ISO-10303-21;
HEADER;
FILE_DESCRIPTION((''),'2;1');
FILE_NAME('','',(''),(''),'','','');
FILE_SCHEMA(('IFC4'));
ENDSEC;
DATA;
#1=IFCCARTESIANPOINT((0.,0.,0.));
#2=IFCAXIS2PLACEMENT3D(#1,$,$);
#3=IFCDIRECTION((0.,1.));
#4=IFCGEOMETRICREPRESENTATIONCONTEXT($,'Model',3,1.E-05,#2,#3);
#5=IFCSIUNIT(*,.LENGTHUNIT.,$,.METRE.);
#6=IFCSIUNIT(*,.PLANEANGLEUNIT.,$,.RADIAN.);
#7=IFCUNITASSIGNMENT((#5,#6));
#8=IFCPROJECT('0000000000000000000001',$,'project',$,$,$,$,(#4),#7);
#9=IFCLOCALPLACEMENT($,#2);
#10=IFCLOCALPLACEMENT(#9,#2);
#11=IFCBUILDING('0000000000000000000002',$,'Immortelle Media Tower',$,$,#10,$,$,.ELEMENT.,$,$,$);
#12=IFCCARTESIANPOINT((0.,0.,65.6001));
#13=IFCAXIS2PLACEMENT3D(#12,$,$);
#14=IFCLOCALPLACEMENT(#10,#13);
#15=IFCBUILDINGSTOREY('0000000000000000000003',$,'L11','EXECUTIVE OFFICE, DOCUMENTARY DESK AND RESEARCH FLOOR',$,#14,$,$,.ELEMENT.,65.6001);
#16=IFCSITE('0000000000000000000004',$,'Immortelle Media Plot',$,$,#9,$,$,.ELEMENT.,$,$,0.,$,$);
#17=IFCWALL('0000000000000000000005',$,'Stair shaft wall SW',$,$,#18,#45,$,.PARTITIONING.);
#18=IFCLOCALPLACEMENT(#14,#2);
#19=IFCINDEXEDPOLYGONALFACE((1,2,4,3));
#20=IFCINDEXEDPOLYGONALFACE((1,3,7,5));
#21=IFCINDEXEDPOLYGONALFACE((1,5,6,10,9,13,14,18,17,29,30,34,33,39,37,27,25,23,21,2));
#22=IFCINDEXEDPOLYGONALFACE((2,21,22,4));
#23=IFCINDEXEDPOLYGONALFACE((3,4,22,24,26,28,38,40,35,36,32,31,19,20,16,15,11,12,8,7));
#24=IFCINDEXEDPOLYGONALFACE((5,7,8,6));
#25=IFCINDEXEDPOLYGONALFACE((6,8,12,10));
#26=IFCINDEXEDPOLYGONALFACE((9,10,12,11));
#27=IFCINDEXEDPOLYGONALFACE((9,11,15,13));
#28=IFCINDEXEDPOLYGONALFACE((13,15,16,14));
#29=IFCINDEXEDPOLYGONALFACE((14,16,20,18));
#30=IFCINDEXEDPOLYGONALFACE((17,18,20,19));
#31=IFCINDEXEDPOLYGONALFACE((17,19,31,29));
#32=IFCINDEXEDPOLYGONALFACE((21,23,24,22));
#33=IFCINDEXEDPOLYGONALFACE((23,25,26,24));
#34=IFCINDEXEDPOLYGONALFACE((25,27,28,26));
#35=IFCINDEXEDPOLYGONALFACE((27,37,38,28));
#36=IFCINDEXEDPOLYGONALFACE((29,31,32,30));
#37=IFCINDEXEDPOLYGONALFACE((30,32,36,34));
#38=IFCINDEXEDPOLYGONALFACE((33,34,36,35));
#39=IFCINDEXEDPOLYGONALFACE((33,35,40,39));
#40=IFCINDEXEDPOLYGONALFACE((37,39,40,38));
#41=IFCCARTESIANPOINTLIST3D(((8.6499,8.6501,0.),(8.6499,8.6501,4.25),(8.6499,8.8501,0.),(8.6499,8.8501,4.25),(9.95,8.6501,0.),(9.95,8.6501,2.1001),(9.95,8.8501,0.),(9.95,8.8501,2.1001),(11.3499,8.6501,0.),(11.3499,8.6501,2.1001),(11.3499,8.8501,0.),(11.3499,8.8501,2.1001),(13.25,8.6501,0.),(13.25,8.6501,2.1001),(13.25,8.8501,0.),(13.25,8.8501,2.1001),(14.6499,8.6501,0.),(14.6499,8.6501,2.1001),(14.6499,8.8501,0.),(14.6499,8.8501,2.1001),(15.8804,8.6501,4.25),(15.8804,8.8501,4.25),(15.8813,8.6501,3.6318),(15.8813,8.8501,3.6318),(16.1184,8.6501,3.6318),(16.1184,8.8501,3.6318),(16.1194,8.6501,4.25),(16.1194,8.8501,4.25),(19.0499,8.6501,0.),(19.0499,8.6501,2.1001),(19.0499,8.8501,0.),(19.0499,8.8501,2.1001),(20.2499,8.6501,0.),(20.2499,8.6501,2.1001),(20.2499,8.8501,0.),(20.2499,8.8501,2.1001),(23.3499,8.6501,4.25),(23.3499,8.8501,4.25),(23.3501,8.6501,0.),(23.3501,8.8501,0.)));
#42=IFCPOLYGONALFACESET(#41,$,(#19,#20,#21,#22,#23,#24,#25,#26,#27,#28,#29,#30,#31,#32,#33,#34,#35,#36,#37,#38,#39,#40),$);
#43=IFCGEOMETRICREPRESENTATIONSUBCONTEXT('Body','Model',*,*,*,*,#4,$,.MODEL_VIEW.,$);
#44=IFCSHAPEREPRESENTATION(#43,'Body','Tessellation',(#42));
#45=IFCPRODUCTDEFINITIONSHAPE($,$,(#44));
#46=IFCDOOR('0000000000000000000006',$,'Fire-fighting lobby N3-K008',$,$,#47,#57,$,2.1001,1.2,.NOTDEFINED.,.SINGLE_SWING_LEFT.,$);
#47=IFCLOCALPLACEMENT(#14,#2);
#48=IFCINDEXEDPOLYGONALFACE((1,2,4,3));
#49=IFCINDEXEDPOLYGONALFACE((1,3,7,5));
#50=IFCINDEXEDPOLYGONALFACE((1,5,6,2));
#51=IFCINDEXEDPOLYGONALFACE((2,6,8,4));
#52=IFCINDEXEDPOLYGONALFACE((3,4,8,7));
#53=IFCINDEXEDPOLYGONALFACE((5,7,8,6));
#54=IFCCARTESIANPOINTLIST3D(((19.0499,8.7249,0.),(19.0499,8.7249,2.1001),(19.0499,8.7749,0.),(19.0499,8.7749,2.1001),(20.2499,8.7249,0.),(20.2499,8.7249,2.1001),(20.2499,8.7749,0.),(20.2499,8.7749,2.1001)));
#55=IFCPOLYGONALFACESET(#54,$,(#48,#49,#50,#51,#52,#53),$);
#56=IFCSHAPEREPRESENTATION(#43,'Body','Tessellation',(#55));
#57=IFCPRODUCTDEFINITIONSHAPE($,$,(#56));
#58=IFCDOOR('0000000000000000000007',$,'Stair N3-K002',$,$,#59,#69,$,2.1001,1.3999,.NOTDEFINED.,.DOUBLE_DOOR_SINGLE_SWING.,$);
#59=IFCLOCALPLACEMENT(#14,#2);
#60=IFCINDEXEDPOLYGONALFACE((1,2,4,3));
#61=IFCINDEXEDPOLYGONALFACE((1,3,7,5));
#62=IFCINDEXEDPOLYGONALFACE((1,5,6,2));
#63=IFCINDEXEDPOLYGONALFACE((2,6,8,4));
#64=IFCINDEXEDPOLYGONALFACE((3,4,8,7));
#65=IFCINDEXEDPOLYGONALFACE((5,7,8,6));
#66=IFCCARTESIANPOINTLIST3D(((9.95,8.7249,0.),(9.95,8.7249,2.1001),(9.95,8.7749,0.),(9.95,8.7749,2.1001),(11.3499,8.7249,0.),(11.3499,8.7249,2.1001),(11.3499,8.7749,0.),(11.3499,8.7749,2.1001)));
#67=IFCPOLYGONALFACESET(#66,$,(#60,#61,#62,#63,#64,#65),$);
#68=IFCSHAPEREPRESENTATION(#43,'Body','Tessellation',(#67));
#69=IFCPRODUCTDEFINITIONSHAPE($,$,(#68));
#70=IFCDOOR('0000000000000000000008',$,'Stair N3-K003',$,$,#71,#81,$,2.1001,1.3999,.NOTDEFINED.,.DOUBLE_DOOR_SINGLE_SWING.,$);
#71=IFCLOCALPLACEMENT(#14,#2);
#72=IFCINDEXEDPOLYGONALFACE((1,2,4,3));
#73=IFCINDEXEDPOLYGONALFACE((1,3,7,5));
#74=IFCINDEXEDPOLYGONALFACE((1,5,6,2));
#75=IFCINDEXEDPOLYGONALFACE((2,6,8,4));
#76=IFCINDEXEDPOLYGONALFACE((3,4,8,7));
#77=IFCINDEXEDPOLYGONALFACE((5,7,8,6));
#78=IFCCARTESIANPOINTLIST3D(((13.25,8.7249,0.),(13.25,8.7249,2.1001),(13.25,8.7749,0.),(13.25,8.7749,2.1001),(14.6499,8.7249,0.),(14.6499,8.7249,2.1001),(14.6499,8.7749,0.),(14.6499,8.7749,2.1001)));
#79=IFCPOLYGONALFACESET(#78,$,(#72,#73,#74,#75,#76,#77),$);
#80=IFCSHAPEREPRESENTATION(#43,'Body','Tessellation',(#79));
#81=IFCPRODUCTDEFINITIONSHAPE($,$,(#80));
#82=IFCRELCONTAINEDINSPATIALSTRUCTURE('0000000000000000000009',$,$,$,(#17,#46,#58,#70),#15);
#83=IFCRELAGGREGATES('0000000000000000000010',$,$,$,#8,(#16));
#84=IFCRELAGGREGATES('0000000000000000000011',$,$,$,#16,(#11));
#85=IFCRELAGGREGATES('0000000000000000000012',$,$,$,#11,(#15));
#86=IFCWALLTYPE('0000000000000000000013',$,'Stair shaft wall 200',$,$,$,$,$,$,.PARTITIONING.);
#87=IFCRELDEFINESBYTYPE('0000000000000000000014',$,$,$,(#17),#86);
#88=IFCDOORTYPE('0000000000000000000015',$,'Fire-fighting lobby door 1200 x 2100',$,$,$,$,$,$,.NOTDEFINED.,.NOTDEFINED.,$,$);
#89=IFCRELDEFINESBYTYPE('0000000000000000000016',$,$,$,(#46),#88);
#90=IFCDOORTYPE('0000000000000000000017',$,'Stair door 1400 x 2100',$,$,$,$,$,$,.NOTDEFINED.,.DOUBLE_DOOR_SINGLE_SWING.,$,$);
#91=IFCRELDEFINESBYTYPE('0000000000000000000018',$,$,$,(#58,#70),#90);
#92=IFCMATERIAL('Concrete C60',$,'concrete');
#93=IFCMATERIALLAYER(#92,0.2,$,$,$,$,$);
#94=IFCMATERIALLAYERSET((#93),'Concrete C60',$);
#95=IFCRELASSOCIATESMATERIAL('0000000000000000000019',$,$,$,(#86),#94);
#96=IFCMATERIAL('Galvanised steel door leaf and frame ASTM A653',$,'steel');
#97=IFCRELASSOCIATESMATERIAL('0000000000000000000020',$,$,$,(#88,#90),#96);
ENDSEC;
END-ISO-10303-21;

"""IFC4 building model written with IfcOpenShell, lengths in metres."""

from ifc_helpers import new_model, si_unit, direction, frame, frame_2d, origin, place, context, subcontext, project, spatial, polyline, rectangle, outline, extrude, material, layer, layer_set, type_object, element, fill, save


model = new_model("IFC4")

# Units and contexts
model_context = context("Model", 3, precision=1e-05, world=origin(), true_north=direction((0.0, 1.0)))
body_context = subcontext(model_context, "Body", "Model", "MODEL_VIEW")
ifc_project = project(units=[si_unit("LENGTHUNIT", "METRE"), si_unit("PLANEANGLEUNIT", "RADIAN")], contexts=[model_context])

# Site, building, storey
site_placement = place(None, origin())
site = spatial("IfcSite", under=ifc_project, at=site_placement, Name="Immortelle Media Plot", CompositionType="ELEMENT", RefElevation=0.0)
building_placement = place(site_placement, origin())
building = spatial("IfcBuilding", under=site, at=building_placement, Name="Immortelle Media Tower", CompositionType="ELEMENT")
storey_placement = place(building_placement, frame((0.0, 0.0, 65.6001)))
storey = spatial("IfcBuildingStorey", under=building, at=storey_placement, Name="L11", Description="EXECUTIVE OFFICE, DOCUMENTARY DESK AND RESEARCH FLOOR", CompositionType="ELEMENT", Elevation=65.6001)

# Wall, openings, doors
ifc_material_1 = material(Name="Concrete C60", Category="concrete")
ifc_layer_1 = layer(ifc_material_1, 0.2)
ifc_layer_set_1 = layer_set([ifc_layer_1], Name="Concrete C60")
wall_type_1 = type_object("IfcWallType", Name="Stair shaft wall 200", PredefinedType="PARTITIONING", material=ifc_layer_set_1)
wall_1_placement = place(storey_placement, frame((8.6499, 8.75, 0.0), z_axis=(0.0, 0.0, 1.0), x_axis=(1.0, 0.0, 0.0)))
wall_1 = element("IfcWall", 1, at=wall_1_placement, inside=storey, type_object=wall_type_1, Name="Stair shaft wall SW", PredefinedType="PARTITIONING", context=body_context, shape_type="SweptSolid", body=[
    extrude(outline(polyline([(0.0, 0.0), (14.7002, 0.0), (14.7, 4.25), (7.4695, 4.25), (7.4685, 3.6318), (7.2314, 3.6318), (7.2305, 4.25), (0.0, 4.25), (0.0, 0.0)])), frame((0.0, 0.1001, 0.0), z_axis=(0.0, -1.0, 0.0), x_axis=(1.0, 0.0, 0.0)), (0.0, 0.0, 1.0), 0.2),
])
opening_1_placement = place(wall_1_placement, frame((1.3, 0.0, 0.0)))
opening_1 = element("IfcOpeningElement", 2, at=opening_1_placement, cuts=wall_1, PredefinedType="OPENING", context=body_context, shape_type="SweptSolid", body=[
    extrude(rectangle(XDim=1.3999, YDim=2.1001, at=frame_2d((0.7, 1.05))), frame((0.0, 0.1099, 0.0), z_axis=(0.0, -1.0, 0.0), x_axis=(1.0, 0.0, 0.0)), (0.0, 0.0, 1.0), 0.22),
])
opening_2_placement = place(wall_1_placement, frame((4.6001, 0.0, 0.0)))
opening_2 = element("IfcOpeningElement", 3, at=opening_2_placement, cuts=wall_1, PredefinedType="OPENING", context=body_context, shape_type="SweptSolid", body=[
    extrude(rectangle(XDim=1.3999, YDim=2.1001, at=frame_2d((0.7, 1.05))), frame((0.0, 0.1099, 0.0), z_axis=(0.0, -1.0, 0.0), x_axis=(1.0, 0.0, 0.0)), (0.0, 0.0, 1.0), 0.22),
])
opening_3_placement = place(wall_1_placement, frame((10.3999, 0.0, 0.0)))
opening_3 = element("IfcOpeningElement", 4, at=opening_3_placement, cuts=wall_1, PredefinedType="OPENING", context=body_context, shape_type="SweptSolid", body=[
    extrude(rectangle(XDim=1.2, YDim=2.1001, at=frame_2d((0.6001, 1.05))), frame((0.0, 0.1099, 0.0), z_axis=(0.0, -1.0, 0.0), x_axis=(1.0, 0.0, 0.0)), (0.0, 0.0, 1.0), 0.22),
])
ifc_material_2 = material(Name="Galvanised steel door leaf and frame ASTM A653", Category="steel")
door_type_1 = type_object("IfcDoorType", Name="Fire-fighting lobby door 1200 x 2100", OperationType="NOTDEFINED", PredefinedType="NOTDEFINED", material=ifc_material_2)
door_1_placement = place(opening_3_placement, origin())
door_1 = element("IfcDoor", 5, at=door_1_placement, inside=storey, type_object=door_type_1, Name="Fire-fighting lobby N3-K008", OperationType="SINGLE_SWING_LEFT", OverallHeight=2.1001, OverallWidth=1.2, PredefinedType="NOTDEFINED", context=body_context, shape_type="SweptSolid", body=[
    extrude(rectangle(XDim=1.2, YDim=2.1001, at=frame_2d((0.6001, 1.05))), frame((0.0, 0.0249, 0.0), z_axis=(0.0, -1.0, 0.0), x_axis=(1.0, 0.0, 0.0)), (0.0, 0.0, 1.0), 0.05),
])
fill(opening_3, door_1)
door_type_2 = type_object("IfcDoorType", Name="Stair door 1400 x 2100", OperationType="DOUBLE_DOOR_SINGLE_SWING", PredefinedType="NOTDEFINED", material=ifc_material_2)
door_2_placement = place(opening_1_placement, origin())
door_2 = element("IfcDoor", 6, at=door_2_placement, inside=storey, type_object=door_type_2, Name="Stair N3-K002", OperationType="DOUBLE_DOOR_SINGLE_SWING", OverallHeight=2.1001, OverallWidth=1.3999, PredefinedType="NOTDEFINED", context=body_context, shape_type="SweptSolid", body=[
    extrude(rectangle(XDim=1.3999, YDim=2.1001, at=frame_2d((0.7, 1.05))), frame((0.0, 0.0249, 0.0), z_axis=(0.0, -1.0, 0.0), x_axis=(1.0, 0.0, 0.0)), (0.0, 0.0, 1.0), 0.05),
])
fill(opening_1, door_2)
door_3_placement = place(opening_2_placement, origin())
door_3 = element("IfcDoor", 7, at=door_3_placement, inside=storey, type_object=door_type_2, Name="Stair N3-K003", OperationType="DOUBLE_DOOR_SINGLE_SWING", OverallHeight=2.1001, OverallWidth=1.3999, PredefinedType="NOTDEFINED", context=body_context, shape_type="SweptSolid", body=[
    extrude(rectangle(XDim=1.3999, YDim=2.1001, at=frame_2d((0.7, 1.05))), frame((0.0, 0.0249, 0.0), z_axis=(0.0, -1.0, 0.0), x_axis=(1.0, 0.0, 0.0)), (0.0, 0.0, 1.0), 0.05),
])
fill(opening_2, door_3)

save(model, "model.ifc")
